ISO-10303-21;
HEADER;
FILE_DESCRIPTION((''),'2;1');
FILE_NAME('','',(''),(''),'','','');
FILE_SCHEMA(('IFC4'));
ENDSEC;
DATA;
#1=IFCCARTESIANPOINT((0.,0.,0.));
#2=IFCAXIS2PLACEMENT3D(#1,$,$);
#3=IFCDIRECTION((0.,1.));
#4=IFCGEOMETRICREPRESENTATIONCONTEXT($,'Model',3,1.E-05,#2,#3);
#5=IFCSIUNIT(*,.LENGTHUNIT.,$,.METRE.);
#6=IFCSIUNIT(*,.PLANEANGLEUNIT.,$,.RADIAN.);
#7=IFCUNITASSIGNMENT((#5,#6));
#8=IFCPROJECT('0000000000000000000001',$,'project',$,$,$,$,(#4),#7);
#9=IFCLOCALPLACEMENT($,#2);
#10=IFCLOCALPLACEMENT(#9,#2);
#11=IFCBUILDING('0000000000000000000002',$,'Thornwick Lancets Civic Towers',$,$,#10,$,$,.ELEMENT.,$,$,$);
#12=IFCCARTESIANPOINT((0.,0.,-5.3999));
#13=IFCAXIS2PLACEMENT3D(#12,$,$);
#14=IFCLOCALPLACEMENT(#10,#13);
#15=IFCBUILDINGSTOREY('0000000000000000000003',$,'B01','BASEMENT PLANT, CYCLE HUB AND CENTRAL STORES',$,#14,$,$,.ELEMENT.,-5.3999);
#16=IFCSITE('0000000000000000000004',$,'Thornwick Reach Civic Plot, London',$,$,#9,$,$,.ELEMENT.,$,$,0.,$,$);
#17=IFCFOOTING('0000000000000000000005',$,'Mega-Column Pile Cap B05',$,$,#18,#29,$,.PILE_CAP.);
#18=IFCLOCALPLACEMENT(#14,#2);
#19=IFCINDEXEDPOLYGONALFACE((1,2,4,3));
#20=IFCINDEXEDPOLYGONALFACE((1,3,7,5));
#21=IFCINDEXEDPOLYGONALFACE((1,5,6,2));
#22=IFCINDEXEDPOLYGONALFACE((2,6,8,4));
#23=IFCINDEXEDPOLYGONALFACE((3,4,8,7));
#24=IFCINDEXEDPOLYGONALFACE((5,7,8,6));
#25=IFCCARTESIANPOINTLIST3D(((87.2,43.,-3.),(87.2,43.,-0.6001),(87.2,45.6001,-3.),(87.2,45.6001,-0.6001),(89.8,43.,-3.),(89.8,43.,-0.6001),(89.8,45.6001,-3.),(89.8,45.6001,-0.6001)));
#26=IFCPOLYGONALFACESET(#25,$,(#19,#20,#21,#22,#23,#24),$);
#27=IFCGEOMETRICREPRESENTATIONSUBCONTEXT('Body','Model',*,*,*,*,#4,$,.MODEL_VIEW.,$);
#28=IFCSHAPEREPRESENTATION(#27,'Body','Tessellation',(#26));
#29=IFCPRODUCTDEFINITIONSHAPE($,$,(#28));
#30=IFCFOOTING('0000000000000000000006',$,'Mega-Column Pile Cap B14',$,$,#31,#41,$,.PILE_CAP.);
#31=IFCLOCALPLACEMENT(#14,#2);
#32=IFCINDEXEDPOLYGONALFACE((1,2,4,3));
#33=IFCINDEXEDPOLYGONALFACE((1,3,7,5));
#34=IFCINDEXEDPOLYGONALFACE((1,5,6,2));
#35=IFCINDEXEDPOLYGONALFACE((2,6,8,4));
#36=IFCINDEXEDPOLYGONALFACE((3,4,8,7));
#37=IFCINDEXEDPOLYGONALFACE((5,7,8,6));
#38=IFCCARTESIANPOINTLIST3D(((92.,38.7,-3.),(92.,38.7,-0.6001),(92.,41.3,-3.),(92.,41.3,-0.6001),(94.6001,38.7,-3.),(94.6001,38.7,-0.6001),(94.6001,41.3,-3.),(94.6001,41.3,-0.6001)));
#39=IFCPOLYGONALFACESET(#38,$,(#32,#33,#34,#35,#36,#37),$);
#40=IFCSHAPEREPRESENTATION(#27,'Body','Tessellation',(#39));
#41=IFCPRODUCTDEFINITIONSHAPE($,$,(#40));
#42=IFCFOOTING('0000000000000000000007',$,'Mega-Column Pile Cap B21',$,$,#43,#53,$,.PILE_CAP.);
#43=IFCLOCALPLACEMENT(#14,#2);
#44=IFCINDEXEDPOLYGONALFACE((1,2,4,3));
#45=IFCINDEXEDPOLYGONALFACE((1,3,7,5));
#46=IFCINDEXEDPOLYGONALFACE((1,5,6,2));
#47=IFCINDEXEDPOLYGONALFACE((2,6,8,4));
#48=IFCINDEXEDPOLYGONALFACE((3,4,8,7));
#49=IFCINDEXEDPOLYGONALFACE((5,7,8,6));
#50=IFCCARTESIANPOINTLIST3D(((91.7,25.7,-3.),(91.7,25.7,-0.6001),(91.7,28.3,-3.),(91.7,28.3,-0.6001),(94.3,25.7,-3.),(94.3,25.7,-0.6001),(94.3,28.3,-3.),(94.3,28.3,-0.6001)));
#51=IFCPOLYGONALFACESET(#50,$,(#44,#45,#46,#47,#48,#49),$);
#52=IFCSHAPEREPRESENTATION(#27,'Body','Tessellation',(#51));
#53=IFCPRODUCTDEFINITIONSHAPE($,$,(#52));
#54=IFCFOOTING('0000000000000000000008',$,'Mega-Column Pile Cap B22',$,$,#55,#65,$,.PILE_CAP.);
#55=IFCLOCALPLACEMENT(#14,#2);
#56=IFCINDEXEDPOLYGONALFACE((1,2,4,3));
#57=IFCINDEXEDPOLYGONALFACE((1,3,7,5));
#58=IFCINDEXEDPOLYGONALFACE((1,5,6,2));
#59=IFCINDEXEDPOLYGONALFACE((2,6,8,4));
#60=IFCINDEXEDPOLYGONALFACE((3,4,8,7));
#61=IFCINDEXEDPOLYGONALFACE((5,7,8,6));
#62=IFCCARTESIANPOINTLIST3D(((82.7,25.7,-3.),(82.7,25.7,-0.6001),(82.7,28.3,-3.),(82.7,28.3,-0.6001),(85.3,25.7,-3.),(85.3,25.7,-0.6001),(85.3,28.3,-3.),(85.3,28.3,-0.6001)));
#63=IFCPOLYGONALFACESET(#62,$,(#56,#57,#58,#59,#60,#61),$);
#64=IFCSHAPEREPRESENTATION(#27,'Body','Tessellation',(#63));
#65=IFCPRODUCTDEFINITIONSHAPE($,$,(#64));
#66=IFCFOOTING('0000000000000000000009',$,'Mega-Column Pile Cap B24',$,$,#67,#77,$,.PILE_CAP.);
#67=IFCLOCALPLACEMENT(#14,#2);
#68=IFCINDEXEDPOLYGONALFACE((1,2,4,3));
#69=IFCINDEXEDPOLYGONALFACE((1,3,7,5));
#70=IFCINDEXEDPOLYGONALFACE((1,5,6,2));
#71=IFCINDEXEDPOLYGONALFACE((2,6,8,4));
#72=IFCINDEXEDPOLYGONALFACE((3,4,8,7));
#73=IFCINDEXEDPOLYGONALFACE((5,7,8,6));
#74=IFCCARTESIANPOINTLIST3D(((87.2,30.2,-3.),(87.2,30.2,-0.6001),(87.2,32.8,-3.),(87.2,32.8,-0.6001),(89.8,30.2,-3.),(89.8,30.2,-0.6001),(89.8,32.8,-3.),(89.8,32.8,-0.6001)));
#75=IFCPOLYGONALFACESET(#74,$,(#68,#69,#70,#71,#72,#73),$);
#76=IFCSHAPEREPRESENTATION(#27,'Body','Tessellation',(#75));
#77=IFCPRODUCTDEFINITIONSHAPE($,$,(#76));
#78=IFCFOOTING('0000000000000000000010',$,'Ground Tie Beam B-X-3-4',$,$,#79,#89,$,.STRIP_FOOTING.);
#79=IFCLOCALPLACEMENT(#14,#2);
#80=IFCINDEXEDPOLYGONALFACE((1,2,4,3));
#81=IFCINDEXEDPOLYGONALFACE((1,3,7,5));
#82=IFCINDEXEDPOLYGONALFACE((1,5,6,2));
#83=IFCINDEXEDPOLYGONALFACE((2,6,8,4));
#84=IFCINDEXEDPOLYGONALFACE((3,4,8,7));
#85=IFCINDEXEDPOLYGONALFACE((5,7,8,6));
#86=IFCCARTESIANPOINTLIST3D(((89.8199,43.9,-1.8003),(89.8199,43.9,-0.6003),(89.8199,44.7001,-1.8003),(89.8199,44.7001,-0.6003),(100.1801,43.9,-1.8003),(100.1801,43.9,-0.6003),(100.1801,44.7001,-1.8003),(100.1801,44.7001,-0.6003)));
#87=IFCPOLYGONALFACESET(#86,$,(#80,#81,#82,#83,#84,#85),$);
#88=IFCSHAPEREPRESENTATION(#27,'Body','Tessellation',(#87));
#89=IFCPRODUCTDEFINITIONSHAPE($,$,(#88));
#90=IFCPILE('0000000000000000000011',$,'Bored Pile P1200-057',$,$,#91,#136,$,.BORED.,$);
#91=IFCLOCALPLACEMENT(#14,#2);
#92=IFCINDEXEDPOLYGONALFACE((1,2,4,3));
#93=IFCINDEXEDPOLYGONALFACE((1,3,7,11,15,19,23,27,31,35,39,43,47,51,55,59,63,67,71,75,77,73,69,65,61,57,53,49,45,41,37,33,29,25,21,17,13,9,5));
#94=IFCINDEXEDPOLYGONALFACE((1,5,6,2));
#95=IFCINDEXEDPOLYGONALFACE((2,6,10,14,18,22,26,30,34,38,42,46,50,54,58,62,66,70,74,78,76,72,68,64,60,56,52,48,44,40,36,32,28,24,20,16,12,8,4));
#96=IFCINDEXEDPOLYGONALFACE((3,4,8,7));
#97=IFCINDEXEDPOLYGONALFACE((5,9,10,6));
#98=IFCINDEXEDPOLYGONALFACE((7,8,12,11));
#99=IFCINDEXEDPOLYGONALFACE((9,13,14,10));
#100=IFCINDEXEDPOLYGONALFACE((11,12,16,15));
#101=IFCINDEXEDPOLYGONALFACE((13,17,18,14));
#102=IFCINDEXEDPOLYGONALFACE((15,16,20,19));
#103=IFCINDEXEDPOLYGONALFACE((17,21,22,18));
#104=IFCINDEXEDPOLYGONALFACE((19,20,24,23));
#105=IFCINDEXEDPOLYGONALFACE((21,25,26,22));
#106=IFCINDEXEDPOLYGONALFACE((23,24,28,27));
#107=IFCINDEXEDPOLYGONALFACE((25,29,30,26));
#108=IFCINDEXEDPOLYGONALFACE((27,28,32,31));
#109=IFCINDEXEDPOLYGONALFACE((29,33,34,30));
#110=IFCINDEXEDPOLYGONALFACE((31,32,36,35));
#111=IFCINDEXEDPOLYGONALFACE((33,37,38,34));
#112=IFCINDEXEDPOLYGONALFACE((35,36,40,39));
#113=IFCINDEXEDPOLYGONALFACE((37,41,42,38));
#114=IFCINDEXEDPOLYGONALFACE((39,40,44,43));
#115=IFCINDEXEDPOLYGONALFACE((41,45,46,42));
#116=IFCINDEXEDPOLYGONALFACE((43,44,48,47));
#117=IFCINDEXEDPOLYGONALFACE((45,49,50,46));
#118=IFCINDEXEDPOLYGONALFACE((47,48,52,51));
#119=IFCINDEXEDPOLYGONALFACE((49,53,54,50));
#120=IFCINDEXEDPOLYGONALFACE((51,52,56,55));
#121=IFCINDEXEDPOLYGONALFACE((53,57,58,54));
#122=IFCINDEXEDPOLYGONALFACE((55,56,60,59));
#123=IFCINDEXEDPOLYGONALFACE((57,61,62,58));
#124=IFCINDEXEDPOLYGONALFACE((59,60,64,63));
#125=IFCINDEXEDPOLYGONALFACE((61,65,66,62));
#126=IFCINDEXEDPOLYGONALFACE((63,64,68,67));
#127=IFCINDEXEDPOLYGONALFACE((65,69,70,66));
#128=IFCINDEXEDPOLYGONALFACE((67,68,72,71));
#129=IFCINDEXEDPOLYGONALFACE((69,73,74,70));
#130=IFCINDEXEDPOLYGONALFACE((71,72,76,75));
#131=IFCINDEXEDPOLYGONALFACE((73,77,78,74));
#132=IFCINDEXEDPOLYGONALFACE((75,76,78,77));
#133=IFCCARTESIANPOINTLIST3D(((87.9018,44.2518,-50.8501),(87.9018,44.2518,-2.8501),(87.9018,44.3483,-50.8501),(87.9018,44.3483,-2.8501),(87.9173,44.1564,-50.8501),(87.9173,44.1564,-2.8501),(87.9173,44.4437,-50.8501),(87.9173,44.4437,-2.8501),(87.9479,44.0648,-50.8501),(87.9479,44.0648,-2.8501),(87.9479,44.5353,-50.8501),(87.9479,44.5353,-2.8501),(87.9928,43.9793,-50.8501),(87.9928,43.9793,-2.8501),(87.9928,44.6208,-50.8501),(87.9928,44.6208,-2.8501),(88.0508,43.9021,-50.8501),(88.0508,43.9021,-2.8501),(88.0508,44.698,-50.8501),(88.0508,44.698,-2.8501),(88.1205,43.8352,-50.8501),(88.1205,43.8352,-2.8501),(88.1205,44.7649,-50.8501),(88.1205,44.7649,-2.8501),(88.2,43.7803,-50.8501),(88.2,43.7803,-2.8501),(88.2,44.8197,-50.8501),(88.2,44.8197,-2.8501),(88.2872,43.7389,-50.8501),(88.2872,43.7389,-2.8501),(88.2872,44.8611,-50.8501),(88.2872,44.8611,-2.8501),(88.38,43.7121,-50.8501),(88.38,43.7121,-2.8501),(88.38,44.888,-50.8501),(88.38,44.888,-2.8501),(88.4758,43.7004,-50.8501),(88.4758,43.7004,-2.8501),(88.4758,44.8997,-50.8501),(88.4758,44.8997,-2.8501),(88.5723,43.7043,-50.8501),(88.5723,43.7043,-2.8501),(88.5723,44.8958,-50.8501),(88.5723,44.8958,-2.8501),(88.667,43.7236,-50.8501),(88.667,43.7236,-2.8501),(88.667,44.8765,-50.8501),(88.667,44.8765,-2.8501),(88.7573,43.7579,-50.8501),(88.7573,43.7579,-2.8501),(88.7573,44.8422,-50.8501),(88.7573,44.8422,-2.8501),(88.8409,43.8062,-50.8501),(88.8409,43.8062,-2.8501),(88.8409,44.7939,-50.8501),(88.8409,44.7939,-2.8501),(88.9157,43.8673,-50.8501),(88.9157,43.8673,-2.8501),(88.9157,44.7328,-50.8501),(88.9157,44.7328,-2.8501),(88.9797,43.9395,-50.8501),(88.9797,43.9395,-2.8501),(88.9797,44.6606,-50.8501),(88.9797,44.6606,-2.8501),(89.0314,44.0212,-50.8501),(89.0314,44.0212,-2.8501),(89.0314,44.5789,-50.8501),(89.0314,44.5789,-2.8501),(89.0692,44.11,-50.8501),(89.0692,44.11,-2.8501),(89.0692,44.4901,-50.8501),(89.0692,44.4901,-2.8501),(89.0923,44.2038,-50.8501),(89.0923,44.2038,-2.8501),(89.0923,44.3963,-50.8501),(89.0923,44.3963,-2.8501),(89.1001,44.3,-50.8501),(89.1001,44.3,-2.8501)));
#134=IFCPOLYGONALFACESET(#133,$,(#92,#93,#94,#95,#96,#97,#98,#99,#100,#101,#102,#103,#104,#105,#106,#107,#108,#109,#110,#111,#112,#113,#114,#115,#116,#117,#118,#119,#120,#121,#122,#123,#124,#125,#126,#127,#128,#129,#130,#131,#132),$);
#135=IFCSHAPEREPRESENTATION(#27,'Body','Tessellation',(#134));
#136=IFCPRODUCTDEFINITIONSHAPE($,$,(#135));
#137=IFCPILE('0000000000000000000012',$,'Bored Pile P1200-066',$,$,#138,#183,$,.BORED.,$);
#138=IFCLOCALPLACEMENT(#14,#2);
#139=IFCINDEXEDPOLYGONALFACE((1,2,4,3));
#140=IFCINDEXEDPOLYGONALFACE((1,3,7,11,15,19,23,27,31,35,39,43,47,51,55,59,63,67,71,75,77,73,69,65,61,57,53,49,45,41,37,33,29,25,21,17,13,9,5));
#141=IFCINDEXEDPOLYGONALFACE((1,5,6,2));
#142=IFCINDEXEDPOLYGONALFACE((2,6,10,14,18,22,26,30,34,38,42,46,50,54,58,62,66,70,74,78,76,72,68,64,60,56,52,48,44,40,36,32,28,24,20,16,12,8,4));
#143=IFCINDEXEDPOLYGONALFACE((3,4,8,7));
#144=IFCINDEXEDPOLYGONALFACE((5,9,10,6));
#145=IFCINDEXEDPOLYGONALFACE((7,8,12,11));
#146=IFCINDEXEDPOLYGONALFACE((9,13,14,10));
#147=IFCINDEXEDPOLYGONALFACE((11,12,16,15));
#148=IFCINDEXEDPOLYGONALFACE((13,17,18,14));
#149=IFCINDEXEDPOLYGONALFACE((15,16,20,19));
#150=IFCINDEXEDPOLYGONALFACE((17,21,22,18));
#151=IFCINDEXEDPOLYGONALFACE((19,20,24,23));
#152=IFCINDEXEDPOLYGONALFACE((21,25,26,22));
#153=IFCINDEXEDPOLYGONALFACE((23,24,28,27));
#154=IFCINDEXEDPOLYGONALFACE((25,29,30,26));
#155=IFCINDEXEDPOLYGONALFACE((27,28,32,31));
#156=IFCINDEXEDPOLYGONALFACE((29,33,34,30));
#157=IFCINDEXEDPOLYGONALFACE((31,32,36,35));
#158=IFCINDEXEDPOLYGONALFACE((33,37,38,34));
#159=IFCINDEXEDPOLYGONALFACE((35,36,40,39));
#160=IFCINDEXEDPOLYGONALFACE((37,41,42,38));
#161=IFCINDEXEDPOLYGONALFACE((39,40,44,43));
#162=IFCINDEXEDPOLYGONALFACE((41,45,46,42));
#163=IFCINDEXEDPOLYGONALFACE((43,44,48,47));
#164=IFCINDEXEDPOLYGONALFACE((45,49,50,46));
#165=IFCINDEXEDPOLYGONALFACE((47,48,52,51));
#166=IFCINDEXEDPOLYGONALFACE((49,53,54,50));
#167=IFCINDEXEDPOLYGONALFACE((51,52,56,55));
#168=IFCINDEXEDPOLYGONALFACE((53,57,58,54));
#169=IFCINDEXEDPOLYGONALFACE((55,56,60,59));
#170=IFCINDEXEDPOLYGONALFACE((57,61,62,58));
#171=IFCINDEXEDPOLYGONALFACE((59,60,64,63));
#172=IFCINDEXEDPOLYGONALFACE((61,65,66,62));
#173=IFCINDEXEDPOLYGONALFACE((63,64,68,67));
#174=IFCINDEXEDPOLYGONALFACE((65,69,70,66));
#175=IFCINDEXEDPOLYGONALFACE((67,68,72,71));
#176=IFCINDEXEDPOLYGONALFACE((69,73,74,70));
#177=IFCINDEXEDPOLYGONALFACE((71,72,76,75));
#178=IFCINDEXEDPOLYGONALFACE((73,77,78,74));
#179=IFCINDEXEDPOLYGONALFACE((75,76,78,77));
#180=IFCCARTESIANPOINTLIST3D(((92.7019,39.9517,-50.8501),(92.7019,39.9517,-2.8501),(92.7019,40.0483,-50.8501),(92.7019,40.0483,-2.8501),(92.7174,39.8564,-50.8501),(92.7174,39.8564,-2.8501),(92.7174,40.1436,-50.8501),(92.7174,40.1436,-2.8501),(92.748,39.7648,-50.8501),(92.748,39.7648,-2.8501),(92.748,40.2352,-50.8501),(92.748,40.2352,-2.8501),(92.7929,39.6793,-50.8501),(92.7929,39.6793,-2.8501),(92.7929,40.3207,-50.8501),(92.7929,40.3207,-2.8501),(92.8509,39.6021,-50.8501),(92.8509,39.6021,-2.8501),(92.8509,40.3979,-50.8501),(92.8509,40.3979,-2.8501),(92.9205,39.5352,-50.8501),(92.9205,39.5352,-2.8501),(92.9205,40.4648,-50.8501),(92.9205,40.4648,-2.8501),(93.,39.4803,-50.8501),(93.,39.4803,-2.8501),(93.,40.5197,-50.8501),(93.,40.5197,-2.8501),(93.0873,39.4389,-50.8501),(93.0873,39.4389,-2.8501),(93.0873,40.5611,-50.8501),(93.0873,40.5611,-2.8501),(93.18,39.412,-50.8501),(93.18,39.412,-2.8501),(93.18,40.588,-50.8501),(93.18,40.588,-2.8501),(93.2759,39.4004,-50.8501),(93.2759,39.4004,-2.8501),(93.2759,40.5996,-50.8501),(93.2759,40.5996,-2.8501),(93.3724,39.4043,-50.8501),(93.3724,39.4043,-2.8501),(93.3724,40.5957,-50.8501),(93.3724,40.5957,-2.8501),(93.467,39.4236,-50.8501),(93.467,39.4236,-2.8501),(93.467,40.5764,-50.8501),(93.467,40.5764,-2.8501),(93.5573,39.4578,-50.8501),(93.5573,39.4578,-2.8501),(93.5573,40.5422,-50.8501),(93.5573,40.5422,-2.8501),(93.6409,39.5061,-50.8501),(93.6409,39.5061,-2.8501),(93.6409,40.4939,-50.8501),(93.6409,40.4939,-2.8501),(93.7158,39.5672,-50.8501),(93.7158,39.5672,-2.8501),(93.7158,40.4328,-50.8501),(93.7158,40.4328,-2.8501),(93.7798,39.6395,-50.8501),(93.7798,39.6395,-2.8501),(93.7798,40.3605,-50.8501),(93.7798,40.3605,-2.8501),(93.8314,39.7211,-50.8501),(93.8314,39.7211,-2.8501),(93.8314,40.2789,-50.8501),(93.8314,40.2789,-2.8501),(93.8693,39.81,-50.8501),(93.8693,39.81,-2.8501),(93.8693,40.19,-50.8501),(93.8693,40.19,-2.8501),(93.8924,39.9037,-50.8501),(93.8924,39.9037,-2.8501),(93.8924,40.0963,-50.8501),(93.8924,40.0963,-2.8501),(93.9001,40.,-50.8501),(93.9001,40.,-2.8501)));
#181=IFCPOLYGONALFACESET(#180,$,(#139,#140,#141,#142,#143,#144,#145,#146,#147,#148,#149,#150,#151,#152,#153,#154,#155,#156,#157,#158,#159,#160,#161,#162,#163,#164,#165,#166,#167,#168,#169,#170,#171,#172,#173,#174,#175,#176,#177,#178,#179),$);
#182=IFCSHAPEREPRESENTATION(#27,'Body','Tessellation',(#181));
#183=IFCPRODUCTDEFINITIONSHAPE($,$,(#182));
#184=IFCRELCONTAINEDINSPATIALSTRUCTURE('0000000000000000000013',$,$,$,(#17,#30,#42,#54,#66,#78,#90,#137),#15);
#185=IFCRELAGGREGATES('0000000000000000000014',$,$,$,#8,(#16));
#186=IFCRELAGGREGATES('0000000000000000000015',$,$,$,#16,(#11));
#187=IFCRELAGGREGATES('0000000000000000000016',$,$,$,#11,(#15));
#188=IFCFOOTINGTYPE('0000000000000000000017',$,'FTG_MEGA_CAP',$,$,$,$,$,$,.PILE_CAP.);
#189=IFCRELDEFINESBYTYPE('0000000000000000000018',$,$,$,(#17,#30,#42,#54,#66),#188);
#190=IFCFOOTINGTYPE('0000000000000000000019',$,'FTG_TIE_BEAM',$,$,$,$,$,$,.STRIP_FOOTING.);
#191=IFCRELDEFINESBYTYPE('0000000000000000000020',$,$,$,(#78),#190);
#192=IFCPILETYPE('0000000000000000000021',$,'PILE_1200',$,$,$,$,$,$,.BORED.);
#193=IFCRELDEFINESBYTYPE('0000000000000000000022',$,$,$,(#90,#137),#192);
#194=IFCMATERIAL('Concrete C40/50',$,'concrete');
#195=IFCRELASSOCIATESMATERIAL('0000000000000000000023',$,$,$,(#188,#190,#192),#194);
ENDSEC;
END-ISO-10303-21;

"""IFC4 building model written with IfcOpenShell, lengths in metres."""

from ifc_helpers import new_model, si_unit, direction, frame, origin, origin_2d, place, context, subcontext, project, spatial, rectangle, circle, extrude, material, material_profile, profile_set, type_object, element, save


model = new_model("IFC4")

# Units and contexts
model_context = context("Model", 3, precision=1e-05, world=origin(), true_north=direction((0.0, 1.0)))
body_context = subcontext(model_context, "Body", "Model", "MODEL_VIEW")
ifc_project = project(units=[si_unit("LENGTHUNIT", "METRE"), si_unit("PLANEANGLEUNIT", "RADIAN")], contexts=[model_context])

# Site, building, storey
site_placement = place(None, origin())
site = spatial("IfcSite", under=ifc_project, at=site_placement, Name="Thornwick Reach Civic Plot, London", CompositionType="ELEMENT", RefElevation=0.0)
building_placement = place(site_placement, origin())
building = spatial("IfcBuilding", under=site, at=building_placement, Name="Thornwick Lancets Civic Towers", CompositionType="ELEMENT")
storey_placement = place(building_placement, frame((0.0, 0.0, -5.3999)))
storey = spatial("IfcBuildingStorey", under=building, at=storey_placement, Name="B01", Description="BASEMENT PLANT, CYCLE HUB AND CENTRAL STORES", CompositionType="ELEMENT", Elevation=-5.3999)

# Footings
ifc_material_1 = material(Name="Concrete C40/50", Category="concrete")
footing_type_1 = type_object("IfcFootingType", Name="FTG_MEGA_CAP", PredefinedType="PILE_CAP", material=ifc_material_1)
for number, where, z_axis, x_axis, name in (
    (1, (88.5, 44.3, -3.0), (0.0, 0.0, 1.0), (1.0, 0.0, 0.0), "Mega-Column Pile Cap B05"),
    (2, (93.3, 40.0, -3.0), (0.0, 0.0, 1.0), (1.0, 0.0, 0.0), "Mega-Column Pile Cap B14"),
    (3, (93.0, 27.0, -3.0), (0.0, 0.0, 1.0), (1.0, 0.0, 0.0), "Mega-Column Pile Cap B21"),
    (4, (84.0, 27.0, -3.0), (0.0, 0.0, 1.0), (1.0, 0.0, 0.0), "Mega-Column Pile Cap B22"),
    (5, (88.5, 31.5, -3.0), (0.0, 0.0, 1.0), (1.0, 0.0, 0.0), "Mega-Column Pile Cap B24"),
):
    element("IfcFooting", number, at=place(storey_placement, frame(where, z_axis=z_axis, x_axis=x_axis)), inside=storey, type_object=footing_type_1, Name=name, PredefinedType="PILE_CAP", context=body_context, shape_type="SweptSolid", body=[
        extrude(rectangle(XDim=2.6001, YDim=2.6001, at=origin_2d()), origin(), (0.0, 0.0, 1.0), 2.3999),
    ])
footing_type_2 = type_object("IfcFootingType", Name="FTG_TIE_BEAM", PredefinedType="STRIP_FOOTING", material=ifc_material_1)
footing_placement = place(storey_placement, frame((95.0, 44.3, -1.8003), z_axis=(0.0, 0.0, 1.0), x_axis=(1.0, 0.0, 0.0)))
element("IfcFooting", 6, at=footing_placement, inside=storey, type_object=footing_type_2, Name="Ground Tie Beam B-X-3-4", PredefinedType="STRIP_FOOTING", context=body_context, shape_type="SweptSolid", body=[
    extrude(rectangle(XDim=10.3601, YDim=0.8, at=origin_2d()), origin(), (0.0, 0.0, 1.0), 1.2),
])

# Piles
ifc_material_profile_1 = material_profile(ifc_material_1, circle(Radius=0.6001, at=origin_2d()), Name="PILE D1200")
ifc_profile_set_1 = profile_set([ifc_material_profile_1], Name="Concrete C40/50")
pile_type_1 = type_object("IfcPileType", Name="PILE_1200", PredefinedType="BORED", material=ifc_profile_set_1)
for number, where, z_axis, x_axis, name in (
    (7, (88.5, 44.3, -2.8501), (0.0, 0.0, -1.0), (1.0, 0.0, 0.0), "Bored Pile P1200-057"),
    (8, (93.3, 40.0, -2.8501), (0.0, 0.0, -1.0), (1.0, 0.0, 0.0), "Bored Pile P1200-066"),
):
    element("IfcPile", number, at=place(storey_placement, frame(where, z_axis=z_axis, x_axis=x_axis)), inside=storey, type_object=pile_type_1, Name=name, PredefinedType="BORED", context=body_context, shape_type="SweptSolid", body=[
        extrude(circle(Radius=0.6001, at=origin_2d()), origin(), (0.0, 0.0, 1.0), 48.0),
    ])

save(model, "model.ifc")
